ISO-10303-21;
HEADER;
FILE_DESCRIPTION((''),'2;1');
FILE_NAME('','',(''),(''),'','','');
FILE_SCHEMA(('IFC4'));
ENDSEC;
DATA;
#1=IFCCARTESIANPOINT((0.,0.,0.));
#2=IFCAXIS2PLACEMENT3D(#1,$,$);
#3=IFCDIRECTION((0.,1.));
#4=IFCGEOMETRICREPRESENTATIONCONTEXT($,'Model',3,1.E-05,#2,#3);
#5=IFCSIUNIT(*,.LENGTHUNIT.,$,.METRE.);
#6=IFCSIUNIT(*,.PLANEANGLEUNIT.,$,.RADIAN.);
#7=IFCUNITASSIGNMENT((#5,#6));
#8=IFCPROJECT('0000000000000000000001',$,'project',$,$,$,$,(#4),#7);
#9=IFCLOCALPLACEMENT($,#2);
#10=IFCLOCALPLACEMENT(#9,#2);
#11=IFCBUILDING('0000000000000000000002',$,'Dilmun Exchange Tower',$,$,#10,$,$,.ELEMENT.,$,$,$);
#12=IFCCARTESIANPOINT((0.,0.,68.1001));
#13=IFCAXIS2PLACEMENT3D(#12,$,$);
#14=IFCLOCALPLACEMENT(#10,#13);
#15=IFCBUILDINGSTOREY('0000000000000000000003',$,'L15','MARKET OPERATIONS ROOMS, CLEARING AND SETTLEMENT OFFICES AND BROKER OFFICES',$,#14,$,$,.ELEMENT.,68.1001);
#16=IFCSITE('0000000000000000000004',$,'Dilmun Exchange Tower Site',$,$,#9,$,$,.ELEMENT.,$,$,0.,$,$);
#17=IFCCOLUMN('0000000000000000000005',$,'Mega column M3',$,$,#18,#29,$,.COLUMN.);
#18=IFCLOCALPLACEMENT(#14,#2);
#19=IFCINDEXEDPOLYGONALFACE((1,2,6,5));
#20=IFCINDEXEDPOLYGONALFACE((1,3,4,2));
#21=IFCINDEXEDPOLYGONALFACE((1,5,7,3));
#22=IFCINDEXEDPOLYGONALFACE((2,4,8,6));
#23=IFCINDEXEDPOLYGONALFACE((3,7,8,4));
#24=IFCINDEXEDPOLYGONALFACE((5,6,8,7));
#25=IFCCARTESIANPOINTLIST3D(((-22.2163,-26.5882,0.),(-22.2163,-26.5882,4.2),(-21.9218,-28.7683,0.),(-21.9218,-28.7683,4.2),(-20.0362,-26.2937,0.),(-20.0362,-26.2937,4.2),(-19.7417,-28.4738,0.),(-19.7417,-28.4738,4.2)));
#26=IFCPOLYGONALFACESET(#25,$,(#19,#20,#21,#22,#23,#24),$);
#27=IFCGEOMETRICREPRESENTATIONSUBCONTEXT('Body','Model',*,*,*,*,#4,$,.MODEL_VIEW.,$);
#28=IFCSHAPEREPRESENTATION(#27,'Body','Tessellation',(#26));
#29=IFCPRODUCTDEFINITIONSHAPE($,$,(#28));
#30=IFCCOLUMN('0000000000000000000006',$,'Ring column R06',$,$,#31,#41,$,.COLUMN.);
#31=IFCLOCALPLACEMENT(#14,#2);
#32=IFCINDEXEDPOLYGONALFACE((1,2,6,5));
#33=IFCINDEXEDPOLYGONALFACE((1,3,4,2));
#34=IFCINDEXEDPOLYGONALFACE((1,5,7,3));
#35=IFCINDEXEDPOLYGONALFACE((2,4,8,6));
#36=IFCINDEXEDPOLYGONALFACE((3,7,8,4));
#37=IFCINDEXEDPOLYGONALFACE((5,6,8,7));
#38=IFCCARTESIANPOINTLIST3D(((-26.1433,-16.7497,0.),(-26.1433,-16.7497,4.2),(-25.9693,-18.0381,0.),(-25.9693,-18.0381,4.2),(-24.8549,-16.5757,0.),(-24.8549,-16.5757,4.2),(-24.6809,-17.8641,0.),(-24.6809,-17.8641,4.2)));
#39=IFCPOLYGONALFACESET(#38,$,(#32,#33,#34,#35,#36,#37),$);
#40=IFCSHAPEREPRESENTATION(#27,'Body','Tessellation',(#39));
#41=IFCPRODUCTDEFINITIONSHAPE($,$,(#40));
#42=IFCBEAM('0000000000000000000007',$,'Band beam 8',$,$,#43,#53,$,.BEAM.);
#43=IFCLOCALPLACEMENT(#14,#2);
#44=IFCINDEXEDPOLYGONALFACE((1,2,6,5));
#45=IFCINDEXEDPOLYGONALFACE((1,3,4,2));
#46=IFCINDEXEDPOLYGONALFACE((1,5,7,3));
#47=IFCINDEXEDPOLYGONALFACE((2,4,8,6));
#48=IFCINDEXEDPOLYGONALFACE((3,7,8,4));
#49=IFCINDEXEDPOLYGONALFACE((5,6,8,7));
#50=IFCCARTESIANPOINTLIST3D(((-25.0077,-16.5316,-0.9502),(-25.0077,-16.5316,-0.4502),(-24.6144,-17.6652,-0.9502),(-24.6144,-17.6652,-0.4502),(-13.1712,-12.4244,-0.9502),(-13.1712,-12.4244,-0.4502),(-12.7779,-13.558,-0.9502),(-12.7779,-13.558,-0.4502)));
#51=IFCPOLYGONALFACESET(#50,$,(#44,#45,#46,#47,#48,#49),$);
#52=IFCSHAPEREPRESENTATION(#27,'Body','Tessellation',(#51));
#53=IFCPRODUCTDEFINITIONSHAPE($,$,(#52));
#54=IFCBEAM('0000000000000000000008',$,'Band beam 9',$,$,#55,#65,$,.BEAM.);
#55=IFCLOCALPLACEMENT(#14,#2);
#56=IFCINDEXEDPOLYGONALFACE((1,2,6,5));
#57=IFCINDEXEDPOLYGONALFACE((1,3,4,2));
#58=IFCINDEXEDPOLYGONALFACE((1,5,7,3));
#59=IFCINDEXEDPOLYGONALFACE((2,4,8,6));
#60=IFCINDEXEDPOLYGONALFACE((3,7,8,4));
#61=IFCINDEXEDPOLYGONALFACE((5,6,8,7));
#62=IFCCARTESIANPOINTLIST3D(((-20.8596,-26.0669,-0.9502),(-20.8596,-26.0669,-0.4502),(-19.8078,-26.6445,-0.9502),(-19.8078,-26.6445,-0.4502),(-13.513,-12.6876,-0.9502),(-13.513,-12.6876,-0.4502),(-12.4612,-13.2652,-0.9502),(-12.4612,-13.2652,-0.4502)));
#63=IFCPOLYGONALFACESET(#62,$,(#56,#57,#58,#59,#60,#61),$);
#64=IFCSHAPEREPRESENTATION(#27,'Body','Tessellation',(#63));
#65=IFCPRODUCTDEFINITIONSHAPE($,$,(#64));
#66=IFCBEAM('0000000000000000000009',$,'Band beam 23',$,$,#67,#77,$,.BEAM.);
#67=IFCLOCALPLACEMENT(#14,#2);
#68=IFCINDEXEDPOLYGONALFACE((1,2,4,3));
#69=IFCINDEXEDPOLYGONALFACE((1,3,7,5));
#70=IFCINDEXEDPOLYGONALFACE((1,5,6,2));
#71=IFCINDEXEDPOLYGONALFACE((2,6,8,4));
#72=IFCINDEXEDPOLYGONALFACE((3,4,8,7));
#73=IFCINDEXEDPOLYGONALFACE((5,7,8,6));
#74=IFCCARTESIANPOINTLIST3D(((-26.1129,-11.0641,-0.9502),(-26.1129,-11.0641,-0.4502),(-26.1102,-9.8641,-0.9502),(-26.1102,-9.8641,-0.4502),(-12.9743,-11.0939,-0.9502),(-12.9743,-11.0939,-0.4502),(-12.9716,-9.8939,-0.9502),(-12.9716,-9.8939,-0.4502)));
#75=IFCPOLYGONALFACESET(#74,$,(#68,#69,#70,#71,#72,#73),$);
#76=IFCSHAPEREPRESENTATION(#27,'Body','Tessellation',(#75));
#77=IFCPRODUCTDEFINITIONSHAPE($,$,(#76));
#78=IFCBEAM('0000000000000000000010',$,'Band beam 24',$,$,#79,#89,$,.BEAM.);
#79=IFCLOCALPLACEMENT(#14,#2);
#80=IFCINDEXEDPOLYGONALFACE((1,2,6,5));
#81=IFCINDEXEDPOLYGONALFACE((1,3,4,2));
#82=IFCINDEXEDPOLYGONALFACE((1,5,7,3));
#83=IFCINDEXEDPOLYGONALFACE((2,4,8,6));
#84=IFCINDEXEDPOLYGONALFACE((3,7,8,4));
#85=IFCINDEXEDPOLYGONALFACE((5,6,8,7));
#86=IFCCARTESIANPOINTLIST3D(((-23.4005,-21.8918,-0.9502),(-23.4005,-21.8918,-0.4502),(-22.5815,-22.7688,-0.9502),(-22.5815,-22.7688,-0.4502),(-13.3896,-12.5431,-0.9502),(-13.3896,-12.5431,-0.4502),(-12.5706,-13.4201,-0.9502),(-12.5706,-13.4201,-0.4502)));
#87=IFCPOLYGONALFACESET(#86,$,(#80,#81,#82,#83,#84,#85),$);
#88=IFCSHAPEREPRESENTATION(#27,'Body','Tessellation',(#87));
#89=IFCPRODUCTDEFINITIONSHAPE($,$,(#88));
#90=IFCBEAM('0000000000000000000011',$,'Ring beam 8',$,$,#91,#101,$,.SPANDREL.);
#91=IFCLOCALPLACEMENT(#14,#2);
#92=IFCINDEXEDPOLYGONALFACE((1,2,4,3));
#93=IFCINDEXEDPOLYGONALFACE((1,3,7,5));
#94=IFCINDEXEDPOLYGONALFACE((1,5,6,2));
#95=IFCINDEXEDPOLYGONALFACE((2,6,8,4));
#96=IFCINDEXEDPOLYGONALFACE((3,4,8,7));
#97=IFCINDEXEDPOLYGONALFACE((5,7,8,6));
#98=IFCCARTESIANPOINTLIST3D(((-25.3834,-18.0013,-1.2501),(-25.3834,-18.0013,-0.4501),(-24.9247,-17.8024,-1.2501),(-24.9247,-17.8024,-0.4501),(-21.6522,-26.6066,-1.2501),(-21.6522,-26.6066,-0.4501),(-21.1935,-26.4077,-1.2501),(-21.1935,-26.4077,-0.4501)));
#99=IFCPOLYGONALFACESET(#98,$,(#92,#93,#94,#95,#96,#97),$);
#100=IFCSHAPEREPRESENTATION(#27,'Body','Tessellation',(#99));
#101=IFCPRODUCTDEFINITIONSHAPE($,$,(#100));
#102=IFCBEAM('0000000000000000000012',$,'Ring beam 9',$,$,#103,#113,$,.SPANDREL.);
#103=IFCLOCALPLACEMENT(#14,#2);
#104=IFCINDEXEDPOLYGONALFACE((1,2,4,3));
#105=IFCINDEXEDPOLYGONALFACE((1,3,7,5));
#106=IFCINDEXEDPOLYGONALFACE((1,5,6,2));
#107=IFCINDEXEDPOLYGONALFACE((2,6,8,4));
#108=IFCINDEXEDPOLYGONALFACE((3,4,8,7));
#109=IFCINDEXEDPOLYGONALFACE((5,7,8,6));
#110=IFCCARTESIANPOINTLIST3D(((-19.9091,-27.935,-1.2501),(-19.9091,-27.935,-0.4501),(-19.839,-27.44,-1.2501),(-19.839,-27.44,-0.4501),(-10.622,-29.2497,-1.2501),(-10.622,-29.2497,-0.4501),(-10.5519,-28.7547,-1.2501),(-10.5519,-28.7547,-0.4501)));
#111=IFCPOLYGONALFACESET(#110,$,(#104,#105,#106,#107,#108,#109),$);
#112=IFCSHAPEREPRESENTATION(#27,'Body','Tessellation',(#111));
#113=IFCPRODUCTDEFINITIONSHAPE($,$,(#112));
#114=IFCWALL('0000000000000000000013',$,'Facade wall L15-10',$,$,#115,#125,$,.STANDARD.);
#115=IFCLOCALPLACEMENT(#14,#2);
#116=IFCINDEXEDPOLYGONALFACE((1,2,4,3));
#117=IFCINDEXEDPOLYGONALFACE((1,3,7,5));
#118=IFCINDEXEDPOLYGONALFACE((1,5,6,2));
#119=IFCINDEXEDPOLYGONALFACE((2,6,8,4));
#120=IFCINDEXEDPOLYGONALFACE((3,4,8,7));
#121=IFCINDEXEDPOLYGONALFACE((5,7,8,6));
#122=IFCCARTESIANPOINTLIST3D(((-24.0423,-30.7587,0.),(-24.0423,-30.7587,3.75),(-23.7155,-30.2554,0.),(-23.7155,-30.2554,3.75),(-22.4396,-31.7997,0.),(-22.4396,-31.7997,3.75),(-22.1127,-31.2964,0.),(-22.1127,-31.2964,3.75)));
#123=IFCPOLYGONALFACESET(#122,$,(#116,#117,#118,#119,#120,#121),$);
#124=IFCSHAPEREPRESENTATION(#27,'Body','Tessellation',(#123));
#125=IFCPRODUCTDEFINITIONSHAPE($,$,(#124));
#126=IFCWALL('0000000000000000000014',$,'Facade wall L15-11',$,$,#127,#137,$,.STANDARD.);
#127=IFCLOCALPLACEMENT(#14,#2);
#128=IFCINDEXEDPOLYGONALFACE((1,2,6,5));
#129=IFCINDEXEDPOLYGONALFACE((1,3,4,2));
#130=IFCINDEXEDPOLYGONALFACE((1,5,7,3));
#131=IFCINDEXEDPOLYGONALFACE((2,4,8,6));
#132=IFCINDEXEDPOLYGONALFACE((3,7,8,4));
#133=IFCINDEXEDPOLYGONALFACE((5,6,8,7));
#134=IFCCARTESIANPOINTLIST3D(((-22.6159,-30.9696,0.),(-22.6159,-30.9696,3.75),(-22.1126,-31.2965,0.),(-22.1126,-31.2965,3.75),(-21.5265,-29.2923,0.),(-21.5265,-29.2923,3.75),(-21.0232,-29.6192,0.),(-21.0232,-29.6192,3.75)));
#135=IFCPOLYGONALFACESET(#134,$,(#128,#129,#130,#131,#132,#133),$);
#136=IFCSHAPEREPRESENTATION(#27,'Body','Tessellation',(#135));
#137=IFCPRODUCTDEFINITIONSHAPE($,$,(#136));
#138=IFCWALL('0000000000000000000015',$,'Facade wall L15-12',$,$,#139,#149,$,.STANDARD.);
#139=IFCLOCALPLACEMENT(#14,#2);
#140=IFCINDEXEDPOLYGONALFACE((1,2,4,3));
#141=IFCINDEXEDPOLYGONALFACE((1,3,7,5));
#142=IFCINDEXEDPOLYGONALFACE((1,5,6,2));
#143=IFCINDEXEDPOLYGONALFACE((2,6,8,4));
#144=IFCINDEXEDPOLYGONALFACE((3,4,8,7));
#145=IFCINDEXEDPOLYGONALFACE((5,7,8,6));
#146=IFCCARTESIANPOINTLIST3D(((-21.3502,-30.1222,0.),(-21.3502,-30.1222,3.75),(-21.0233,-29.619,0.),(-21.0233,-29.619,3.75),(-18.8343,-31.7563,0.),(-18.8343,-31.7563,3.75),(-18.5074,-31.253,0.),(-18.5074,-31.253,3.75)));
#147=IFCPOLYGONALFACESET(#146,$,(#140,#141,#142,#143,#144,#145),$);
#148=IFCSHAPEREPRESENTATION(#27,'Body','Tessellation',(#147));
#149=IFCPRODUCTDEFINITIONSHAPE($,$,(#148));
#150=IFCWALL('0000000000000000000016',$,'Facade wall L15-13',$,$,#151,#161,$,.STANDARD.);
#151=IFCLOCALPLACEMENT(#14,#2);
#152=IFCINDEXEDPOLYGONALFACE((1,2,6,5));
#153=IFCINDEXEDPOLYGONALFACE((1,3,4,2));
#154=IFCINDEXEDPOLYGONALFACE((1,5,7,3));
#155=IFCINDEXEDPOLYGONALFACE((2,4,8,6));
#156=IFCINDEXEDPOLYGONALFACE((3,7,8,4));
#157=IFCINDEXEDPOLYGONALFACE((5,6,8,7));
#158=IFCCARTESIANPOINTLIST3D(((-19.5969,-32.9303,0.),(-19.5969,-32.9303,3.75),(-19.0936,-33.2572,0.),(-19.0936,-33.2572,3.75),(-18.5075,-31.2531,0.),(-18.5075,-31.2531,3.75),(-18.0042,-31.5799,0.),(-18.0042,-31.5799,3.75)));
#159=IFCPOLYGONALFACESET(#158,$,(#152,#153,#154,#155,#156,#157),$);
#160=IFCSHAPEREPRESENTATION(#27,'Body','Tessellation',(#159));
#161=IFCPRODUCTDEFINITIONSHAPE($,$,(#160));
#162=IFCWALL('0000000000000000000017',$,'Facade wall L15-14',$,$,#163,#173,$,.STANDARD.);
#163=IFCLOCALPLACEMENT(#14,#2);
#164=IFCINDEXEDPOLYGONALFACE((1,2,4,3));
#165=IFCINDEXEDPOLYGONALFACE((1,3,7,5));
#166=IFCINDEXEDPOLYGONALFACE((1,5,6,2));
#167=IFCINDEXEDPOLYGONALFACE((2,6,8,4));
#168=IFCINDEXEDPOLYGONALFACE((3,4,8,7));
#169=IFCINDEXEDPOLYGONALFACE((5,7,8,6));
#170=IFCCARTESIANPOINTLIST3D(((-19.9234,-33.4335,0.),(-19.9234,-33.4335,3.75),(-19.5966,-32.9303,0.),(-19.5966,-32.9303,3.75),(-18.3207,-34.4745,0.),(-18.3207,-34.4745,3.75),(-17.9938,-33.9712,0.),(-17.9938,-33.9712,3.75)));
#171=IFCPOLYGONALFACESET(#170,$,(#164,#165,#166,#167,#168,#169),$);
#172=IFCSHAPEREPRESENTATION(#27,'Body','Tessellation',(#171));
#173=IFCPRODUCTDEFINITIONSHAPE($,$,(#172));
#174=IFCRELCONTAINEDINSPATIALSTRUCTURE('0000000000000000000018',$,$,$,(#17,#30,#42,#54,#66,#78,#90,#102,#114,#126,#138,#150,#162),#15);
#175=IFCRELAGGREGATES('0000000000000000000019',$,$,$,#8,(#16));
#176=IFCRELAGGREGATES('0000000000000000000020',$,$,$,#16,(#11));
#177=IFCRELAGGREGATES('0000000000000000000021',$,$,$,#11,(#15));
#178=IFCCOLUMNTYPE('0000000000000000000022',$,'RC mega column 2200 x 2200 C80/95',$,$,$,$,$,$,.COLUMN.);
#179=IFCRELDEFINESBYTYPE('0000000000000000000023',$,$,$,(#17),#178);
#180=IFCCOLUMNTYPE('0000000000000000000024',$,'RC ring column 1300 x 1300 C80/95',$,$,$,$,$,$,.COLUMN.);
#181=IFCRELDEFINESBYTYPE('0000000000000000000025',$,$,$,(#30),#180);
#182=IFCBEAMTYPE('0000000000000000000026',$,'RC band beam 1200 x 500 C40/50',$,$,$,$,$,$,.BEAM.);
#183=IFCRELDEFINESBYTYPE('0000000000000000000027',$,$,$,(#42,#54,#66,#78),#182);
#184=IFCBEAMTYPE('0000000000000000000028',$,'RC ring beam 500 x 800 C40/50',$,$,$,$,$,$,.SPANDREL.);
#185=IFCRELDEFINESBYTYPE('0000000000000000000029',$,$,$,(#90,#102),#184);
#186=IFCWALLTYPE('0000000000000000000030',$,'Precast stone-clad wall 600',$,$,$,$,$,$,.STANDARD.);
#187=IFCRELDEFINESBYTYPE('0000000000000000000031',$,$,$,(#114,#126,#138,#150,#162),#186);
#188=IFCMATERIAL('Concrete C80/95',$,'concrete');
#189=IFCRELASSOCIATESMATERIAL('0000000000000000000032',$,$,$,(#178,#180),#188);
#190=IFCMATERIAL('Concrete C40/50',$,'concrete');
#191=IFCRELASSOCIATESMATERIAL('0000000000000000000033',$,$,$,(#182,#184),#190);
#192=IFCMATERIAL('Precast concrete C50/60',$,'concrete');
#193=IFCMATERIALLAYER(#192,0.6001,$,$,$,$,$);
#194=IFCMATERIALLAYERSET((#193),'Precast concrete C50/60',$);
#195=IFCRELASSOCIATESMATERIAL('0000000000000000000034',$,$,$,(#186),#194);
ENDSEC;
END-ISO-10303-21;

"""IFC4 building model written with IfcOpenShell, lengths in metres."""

from ifc_helpers import new_model, si_unit, direction, frame, frame_2d, origin, origin_2d, place, context, subcontext, project, spatial, rectangle, extrude, material, layer, layer_set, material_profile, profile_set, type_object, element, save


model = new_model("IFC4")

# Units and contexts
model_context = context("Model", 3, precision=1e-05, world=origin(), true_north=direction((0.0, 1.0)))
body_context = subcontext(model_context, "Body", "Model", "MODEL_VIEW")
ifc_project = project(units=[si_unit("LENGTHUNIT", "METRE"), si_unit("PLANEANGLEUNIT", "RADIAN")], contexts=[model_context])

# Site, building, storey
site_placement = place(None, origin())
site = spatial("IfcSite", under=ifc_project, at=site_placement, Name="Dilmun Exchange Tower Site", CompositionType="ELEMENT", RefElevation=0.0)
building_placement = place(site_placement, origin())
building = spatial("IfcBuilding", under=site, at=building_placement, Name="Dilmun Exchange Tower", CompositionType="ELEMENT")
storey_placement = place(building_placement, frame((0.0, 0.0, 68.1001)))
storey = spatial("IfcBuildingStorey", under=building, at=storey_placement, Name="L15", Description="MARKET OPERATIONS ROOMS, CLEARING AND SETTLEMENT OFFICES AND BROKER OFFICES", CompositionType="ELEMENT", Elevation=68.1001)

# Columns
ifc_material_1 = material(Name="Concrete C80/95", Category="concrete")
ifc_material_profile_1 = material_profile(ifc_material_1, rectangle(XDim=2.2, YDim=2.2, at=origin_2d()), Name="2200 x 2200")
ifc_profile_set_1 = profile_set([ifc_material_profile_1], Name="Concrete C80/95")
column_type_1 = type_object("IfcColumnType", Name="RC mega column 2200 x 2200 C80/95", PredefinedType="COLUMN", material=ifc_profile_set_1)
column_1_placement = place(storey_placement, frame((-20.979, -27.531, 0.0), z_axis=(0.0, 0.0, 1.0), x_axis=(0.991001, 0.133853, 0.0)))
element("IfcColumn", 1, at=column_1_placement, inside=storey, type_object=column_type_1, Name="Mega column M3", PredefinedType="COLUMN", context=body_context, shape_type="SweptSolid", body=[
    extrude(rectangle(XDim=2.2, YDim=2.2, at=origin_2d()), origin(), (0.0, 0.0, 1.0), 4.2),
])
ifc_material_profile_2 = material_profile(ifc_material_1, rectangle(XDim=1.3, YDim=1.3, at=origin_2d()), Name="1300 x 1300")
ifc_profile_set_2 = profile_set([ifc_material_profile_2], Name="Concrete C80/95")
column_type_2 = type_object("IfcColumnType", Name="RC ring column 1300 x 1300 C80/95", PredefinedType="COLUMN", material=ifc_profile_set_2)
column_2_placement = place(storey_placement, frame((-25.4121, -17.3069, 0.0), z_axis=(0.0, 0.0, 1.0), x_axis=(0.991001, 0.133853, 0.0)))
element("IfcColumn", 2, at=column_2_placement, inside=storey, type_object=column_type_2, Name="Ring column R06", PredefinedType="COLUMN", context=body_context, shape_type="SweptSolid", body=[
    extrude(rectangle(XDim=1.3, YDim=1.3, at=origin_2d()), origin(), (0.0, 0.0, 1.0), 4.2),
])

# Beams
ifc_material_2 = material(Name="Concrete C40/50", Category="concrete")
ifc_material_profile_3 = material_profile(ifc_material_2, rectangle(XDim=1.2, YDim=0.5, at=origin_2d()), Name="1200 x 500")
ifc_profile_set_3 = profile_set([ifc_material_profile_3], Name="Concrete C40/50")
beam_type_1 = type_object("IfcBeamType", Name="RC band beam 1200 x 500 C40/50", PredefinedType="BEAM", material=ifc_profile_set_3)
beam_1_placement = place(storey_placement, frame((-24.811, -17.0984, -0.7002), z_axis=(0.94474, 0.32782, 0.0), x_axis=(-0.32782, 0.94474, 0.0)))
element("IfcBeam", 3, at=beam_1_placement, inside=storey, type_object=beam_type_1, Name="Band beam 8", PredefinedType="BEAM", context=body_context, shape_type="SweptSolid", body=[
    extrude(rectangle(XDim=1.2, YDim=0.5, at=origin_2d()), origin(), (0.0, 0.0, 1.0), 12.5288),
])
beam_2_placement = place(storey_placement, frame((-20.3337, -26.3557, -0.7002), z_axis=(0.481316, 0.876547, 0.0), x_axis=(-0.876547, 0.481316, 0.0)))
element("IfcBeam", 4, at=beam_2_placement, inside=storey, type_object=beam_type_1, Name="Band beam 9", PredefinedType="BEAM", context=body_context, shape_type="SweptSolid", body=[
    extrude(rectangle(XDim=1.2, YDim=0.5, at=origin_2d()), origin(), (0.0, 0.0, 1.0), 15.2637),
])
beam_3_placement = place(storey_placement, frame((-26.1116, -10.4641, -0.7002), z_axis=(0.999997, -0.002267, 0.0), x_axis=(0.002267, 0.999997, 0.0)))
element("IfcBeam", 5, at=beam_3_placement, inside=storey, type_object=beam_type_1, Name="Band beam 23", PredefinedType="BEAM", context=body_context, shape_type="SweptSolid", body=[
    extrude(rectangle(XDim=1.2, YDim=0.5, at=origin_2d()), origin(), (0.0, 0.0, 1.0), 13.1387),
])
beam_4_placement = place(storey_placement, frame((-22.991, -22.3303, -0.7002), z_axis=(0.730863, 0.682524, 0.0), x_axis=(-0.682524, 0.730863, 0.0)))
element("IfcBeam", 6, at=beam_4_placement, inside=storey, type_object=beam_type_1, Name="Band beam 24", PredefinedType="BEAM", context=body_context, shape_type="SweptSolid", body=[
    extrude(rectangle(XDim=1.2, YDim=0.5, at=origin_2d()), origin(), (0.0, 0.0, 1.0), 13.6973),
])
ifc_material_profile_4 = material_profile(ifc_material_2, rectangle(XDim=0.5, YDim=0.8, at=origin_2d()), Name="500 x 800")
ifc_profile_set_4 = profile_set([ifc_material_profile_4], Name="Concrete C40/50")
beam_type_2 = type_object("IfcBeamType", Name="RC ring beam 500 x 800 C40/50", PredefinedType="SPANDREL", material=ifc_profile_set_4)
beam_5_placement = place(storey_placement, frame((-25.1541, -17.9019, -0.8501), z_axis=(0.397811, -0.917467, 0.0), x_axis=(0.917467, 0.397811, 0.0)))
element("IfcBeam", 7, at=beam_5_placement, inside=storey, type_object=beam_type_2, Name="Ring beam 8", PredefinedType="SPANDREL", context=body_context, shape_type="SweptSolid", body=[
    extrude(rectangle(XDim=0.5, YDim=0.8, at=origin_2d()), origin(), (0.0, 0.0, 1.0), 9.3794),
])
beam_6_placement = place(storey_placement, frame((-19.874, -27.6875, -0.8501), z_axis=(0.990128, -0.140164, 0.0), x_axis=(0.140164, 0.990128, 0.0)))
element("IfcBeam", 8, at=beam_6_placement, inside=storey, type_object=beam_type_2, Name="Ring beam 9", PredefinedType="SPANDREL", context=body_context, shape_type="SweptSolid", body=[
    extrude(rectangle(XDim=0.5, YDim=0.8, at=origin_2d()), origin(), (0.0, 0.0, 1.0), 9.3796),
])

# Walls
ifc_material_3 = material(Name="Precast concrete C50/60", Category="concrete")
ifc_layer = layer(ifc_material_3, 0.6001)
ifc_layer_set = layer_set([ifc_layer], Name="Precast concrete C50/60")
wall_type = type_object("IfcWallType", Name="Precast stone-clad wall 600", PredefinedType="STANDARD", material=ifc_layer_set)
wall_1_placement = place(storey_placement, frame((-23.8789, -30.5071, 0.0), z_axis=(0.0, 0.0, 1.0), x_axis=(0.838633, -0.544696, 0.0)))
element("IfcWall", 9, at=wall_1_placement, inside=storey, type_object=wall_type, Name="Facade wall L15-10", PredefinedType="STANDARD", context=body_context, shape_type="SweptSolid", body=[
    extrude(rectangle(XDim=1.9111, YDim=0.6001, at=frame_2d((0.9556, 0.0))), origin(), (0.0, 0.0, 1.0), 3.75),
])
wall_2_placement = place(storey_placement, frame((-22.3643, -31.1331, 0.0), z_axis=(0.0, 0.0, 1.0), x_axis=(0.544688, 0.838639, 0.0)))
element("IfcWall", 10, at=wall_2_placement, inside=storey, type_object=wall_type, Name="Facade wall L15-11", PredefinedType="STANDARD", context=body_context, shape_type="SweptSolid", body=[
    extrude(rectangle(XDim=2.0, YDim=0.6001, at=frame_2d((1.0, 0.0))), origin(), (0.0, 0.0, 1.0), 3.75),
])
wall_3_placement = place(storey_placement, frame((-21.1868, -29.8706, 0.0), z_axis=(0.0, 0.0, 1.0), x_axis=(0.838639, -0.544688, 0.0)))
element("IfcWall", 11, at=wall_3_placement, inside=storey, type_object=wall_type, Name="Facade wall L15-12", PredefinedType="STANDARD", context=body_context, shape_type="SweptSolid", body=[
    extrude(rectangle(XDim=3.0, YDim=0.6001, at=frame_2d((1.5, 0.0))), origin(), (0.0, 0.0, 1.0), 3.75),
])
wall_4_placement = place(storey_placement, frame((-18.2559, -31.4165, 0.0), z_axis=(0.0, 0.0, 1.0), x_axis=(-0.544688, -0.838639, 0.0)))
element("IfcWall", 12, at=wall_4_placement, inside=storey, type_object=wall_type, Name="Facade wall L15-13", PredefinedType="STANDARD", context=body_context, shape_type="SweptSolid", body=[
    extrude(rectangle(XDim=2.0, YDim=0.6001, at=frame_2d((1.0, 0.0))), origin(), (0.0, 0.0, 1.0), 3.75),
])
wall_5_placement = place(storey_placement, frame((-19.76, -33.1819, 0.0), z_axis=(0.0, 0.0, 1.0), x_axis=(0.838633, -0.544696, 0.0)))
element("IfcWall", 13, at=wall_5_placement, inside=storey, type_object=wall_type, Name="Facade wall L15-14", PredefinedType="STANDARD", context=body_context, shape_type="SweptSolid", body=[
    extrude(rectangle(XDim=1.9111, YDim=0.6001, at=frame_2d((0.9556, 0.0))), origin(), (0.0, 0.0, 1.0), 3.75),
])

save(model, "model.ifc")
